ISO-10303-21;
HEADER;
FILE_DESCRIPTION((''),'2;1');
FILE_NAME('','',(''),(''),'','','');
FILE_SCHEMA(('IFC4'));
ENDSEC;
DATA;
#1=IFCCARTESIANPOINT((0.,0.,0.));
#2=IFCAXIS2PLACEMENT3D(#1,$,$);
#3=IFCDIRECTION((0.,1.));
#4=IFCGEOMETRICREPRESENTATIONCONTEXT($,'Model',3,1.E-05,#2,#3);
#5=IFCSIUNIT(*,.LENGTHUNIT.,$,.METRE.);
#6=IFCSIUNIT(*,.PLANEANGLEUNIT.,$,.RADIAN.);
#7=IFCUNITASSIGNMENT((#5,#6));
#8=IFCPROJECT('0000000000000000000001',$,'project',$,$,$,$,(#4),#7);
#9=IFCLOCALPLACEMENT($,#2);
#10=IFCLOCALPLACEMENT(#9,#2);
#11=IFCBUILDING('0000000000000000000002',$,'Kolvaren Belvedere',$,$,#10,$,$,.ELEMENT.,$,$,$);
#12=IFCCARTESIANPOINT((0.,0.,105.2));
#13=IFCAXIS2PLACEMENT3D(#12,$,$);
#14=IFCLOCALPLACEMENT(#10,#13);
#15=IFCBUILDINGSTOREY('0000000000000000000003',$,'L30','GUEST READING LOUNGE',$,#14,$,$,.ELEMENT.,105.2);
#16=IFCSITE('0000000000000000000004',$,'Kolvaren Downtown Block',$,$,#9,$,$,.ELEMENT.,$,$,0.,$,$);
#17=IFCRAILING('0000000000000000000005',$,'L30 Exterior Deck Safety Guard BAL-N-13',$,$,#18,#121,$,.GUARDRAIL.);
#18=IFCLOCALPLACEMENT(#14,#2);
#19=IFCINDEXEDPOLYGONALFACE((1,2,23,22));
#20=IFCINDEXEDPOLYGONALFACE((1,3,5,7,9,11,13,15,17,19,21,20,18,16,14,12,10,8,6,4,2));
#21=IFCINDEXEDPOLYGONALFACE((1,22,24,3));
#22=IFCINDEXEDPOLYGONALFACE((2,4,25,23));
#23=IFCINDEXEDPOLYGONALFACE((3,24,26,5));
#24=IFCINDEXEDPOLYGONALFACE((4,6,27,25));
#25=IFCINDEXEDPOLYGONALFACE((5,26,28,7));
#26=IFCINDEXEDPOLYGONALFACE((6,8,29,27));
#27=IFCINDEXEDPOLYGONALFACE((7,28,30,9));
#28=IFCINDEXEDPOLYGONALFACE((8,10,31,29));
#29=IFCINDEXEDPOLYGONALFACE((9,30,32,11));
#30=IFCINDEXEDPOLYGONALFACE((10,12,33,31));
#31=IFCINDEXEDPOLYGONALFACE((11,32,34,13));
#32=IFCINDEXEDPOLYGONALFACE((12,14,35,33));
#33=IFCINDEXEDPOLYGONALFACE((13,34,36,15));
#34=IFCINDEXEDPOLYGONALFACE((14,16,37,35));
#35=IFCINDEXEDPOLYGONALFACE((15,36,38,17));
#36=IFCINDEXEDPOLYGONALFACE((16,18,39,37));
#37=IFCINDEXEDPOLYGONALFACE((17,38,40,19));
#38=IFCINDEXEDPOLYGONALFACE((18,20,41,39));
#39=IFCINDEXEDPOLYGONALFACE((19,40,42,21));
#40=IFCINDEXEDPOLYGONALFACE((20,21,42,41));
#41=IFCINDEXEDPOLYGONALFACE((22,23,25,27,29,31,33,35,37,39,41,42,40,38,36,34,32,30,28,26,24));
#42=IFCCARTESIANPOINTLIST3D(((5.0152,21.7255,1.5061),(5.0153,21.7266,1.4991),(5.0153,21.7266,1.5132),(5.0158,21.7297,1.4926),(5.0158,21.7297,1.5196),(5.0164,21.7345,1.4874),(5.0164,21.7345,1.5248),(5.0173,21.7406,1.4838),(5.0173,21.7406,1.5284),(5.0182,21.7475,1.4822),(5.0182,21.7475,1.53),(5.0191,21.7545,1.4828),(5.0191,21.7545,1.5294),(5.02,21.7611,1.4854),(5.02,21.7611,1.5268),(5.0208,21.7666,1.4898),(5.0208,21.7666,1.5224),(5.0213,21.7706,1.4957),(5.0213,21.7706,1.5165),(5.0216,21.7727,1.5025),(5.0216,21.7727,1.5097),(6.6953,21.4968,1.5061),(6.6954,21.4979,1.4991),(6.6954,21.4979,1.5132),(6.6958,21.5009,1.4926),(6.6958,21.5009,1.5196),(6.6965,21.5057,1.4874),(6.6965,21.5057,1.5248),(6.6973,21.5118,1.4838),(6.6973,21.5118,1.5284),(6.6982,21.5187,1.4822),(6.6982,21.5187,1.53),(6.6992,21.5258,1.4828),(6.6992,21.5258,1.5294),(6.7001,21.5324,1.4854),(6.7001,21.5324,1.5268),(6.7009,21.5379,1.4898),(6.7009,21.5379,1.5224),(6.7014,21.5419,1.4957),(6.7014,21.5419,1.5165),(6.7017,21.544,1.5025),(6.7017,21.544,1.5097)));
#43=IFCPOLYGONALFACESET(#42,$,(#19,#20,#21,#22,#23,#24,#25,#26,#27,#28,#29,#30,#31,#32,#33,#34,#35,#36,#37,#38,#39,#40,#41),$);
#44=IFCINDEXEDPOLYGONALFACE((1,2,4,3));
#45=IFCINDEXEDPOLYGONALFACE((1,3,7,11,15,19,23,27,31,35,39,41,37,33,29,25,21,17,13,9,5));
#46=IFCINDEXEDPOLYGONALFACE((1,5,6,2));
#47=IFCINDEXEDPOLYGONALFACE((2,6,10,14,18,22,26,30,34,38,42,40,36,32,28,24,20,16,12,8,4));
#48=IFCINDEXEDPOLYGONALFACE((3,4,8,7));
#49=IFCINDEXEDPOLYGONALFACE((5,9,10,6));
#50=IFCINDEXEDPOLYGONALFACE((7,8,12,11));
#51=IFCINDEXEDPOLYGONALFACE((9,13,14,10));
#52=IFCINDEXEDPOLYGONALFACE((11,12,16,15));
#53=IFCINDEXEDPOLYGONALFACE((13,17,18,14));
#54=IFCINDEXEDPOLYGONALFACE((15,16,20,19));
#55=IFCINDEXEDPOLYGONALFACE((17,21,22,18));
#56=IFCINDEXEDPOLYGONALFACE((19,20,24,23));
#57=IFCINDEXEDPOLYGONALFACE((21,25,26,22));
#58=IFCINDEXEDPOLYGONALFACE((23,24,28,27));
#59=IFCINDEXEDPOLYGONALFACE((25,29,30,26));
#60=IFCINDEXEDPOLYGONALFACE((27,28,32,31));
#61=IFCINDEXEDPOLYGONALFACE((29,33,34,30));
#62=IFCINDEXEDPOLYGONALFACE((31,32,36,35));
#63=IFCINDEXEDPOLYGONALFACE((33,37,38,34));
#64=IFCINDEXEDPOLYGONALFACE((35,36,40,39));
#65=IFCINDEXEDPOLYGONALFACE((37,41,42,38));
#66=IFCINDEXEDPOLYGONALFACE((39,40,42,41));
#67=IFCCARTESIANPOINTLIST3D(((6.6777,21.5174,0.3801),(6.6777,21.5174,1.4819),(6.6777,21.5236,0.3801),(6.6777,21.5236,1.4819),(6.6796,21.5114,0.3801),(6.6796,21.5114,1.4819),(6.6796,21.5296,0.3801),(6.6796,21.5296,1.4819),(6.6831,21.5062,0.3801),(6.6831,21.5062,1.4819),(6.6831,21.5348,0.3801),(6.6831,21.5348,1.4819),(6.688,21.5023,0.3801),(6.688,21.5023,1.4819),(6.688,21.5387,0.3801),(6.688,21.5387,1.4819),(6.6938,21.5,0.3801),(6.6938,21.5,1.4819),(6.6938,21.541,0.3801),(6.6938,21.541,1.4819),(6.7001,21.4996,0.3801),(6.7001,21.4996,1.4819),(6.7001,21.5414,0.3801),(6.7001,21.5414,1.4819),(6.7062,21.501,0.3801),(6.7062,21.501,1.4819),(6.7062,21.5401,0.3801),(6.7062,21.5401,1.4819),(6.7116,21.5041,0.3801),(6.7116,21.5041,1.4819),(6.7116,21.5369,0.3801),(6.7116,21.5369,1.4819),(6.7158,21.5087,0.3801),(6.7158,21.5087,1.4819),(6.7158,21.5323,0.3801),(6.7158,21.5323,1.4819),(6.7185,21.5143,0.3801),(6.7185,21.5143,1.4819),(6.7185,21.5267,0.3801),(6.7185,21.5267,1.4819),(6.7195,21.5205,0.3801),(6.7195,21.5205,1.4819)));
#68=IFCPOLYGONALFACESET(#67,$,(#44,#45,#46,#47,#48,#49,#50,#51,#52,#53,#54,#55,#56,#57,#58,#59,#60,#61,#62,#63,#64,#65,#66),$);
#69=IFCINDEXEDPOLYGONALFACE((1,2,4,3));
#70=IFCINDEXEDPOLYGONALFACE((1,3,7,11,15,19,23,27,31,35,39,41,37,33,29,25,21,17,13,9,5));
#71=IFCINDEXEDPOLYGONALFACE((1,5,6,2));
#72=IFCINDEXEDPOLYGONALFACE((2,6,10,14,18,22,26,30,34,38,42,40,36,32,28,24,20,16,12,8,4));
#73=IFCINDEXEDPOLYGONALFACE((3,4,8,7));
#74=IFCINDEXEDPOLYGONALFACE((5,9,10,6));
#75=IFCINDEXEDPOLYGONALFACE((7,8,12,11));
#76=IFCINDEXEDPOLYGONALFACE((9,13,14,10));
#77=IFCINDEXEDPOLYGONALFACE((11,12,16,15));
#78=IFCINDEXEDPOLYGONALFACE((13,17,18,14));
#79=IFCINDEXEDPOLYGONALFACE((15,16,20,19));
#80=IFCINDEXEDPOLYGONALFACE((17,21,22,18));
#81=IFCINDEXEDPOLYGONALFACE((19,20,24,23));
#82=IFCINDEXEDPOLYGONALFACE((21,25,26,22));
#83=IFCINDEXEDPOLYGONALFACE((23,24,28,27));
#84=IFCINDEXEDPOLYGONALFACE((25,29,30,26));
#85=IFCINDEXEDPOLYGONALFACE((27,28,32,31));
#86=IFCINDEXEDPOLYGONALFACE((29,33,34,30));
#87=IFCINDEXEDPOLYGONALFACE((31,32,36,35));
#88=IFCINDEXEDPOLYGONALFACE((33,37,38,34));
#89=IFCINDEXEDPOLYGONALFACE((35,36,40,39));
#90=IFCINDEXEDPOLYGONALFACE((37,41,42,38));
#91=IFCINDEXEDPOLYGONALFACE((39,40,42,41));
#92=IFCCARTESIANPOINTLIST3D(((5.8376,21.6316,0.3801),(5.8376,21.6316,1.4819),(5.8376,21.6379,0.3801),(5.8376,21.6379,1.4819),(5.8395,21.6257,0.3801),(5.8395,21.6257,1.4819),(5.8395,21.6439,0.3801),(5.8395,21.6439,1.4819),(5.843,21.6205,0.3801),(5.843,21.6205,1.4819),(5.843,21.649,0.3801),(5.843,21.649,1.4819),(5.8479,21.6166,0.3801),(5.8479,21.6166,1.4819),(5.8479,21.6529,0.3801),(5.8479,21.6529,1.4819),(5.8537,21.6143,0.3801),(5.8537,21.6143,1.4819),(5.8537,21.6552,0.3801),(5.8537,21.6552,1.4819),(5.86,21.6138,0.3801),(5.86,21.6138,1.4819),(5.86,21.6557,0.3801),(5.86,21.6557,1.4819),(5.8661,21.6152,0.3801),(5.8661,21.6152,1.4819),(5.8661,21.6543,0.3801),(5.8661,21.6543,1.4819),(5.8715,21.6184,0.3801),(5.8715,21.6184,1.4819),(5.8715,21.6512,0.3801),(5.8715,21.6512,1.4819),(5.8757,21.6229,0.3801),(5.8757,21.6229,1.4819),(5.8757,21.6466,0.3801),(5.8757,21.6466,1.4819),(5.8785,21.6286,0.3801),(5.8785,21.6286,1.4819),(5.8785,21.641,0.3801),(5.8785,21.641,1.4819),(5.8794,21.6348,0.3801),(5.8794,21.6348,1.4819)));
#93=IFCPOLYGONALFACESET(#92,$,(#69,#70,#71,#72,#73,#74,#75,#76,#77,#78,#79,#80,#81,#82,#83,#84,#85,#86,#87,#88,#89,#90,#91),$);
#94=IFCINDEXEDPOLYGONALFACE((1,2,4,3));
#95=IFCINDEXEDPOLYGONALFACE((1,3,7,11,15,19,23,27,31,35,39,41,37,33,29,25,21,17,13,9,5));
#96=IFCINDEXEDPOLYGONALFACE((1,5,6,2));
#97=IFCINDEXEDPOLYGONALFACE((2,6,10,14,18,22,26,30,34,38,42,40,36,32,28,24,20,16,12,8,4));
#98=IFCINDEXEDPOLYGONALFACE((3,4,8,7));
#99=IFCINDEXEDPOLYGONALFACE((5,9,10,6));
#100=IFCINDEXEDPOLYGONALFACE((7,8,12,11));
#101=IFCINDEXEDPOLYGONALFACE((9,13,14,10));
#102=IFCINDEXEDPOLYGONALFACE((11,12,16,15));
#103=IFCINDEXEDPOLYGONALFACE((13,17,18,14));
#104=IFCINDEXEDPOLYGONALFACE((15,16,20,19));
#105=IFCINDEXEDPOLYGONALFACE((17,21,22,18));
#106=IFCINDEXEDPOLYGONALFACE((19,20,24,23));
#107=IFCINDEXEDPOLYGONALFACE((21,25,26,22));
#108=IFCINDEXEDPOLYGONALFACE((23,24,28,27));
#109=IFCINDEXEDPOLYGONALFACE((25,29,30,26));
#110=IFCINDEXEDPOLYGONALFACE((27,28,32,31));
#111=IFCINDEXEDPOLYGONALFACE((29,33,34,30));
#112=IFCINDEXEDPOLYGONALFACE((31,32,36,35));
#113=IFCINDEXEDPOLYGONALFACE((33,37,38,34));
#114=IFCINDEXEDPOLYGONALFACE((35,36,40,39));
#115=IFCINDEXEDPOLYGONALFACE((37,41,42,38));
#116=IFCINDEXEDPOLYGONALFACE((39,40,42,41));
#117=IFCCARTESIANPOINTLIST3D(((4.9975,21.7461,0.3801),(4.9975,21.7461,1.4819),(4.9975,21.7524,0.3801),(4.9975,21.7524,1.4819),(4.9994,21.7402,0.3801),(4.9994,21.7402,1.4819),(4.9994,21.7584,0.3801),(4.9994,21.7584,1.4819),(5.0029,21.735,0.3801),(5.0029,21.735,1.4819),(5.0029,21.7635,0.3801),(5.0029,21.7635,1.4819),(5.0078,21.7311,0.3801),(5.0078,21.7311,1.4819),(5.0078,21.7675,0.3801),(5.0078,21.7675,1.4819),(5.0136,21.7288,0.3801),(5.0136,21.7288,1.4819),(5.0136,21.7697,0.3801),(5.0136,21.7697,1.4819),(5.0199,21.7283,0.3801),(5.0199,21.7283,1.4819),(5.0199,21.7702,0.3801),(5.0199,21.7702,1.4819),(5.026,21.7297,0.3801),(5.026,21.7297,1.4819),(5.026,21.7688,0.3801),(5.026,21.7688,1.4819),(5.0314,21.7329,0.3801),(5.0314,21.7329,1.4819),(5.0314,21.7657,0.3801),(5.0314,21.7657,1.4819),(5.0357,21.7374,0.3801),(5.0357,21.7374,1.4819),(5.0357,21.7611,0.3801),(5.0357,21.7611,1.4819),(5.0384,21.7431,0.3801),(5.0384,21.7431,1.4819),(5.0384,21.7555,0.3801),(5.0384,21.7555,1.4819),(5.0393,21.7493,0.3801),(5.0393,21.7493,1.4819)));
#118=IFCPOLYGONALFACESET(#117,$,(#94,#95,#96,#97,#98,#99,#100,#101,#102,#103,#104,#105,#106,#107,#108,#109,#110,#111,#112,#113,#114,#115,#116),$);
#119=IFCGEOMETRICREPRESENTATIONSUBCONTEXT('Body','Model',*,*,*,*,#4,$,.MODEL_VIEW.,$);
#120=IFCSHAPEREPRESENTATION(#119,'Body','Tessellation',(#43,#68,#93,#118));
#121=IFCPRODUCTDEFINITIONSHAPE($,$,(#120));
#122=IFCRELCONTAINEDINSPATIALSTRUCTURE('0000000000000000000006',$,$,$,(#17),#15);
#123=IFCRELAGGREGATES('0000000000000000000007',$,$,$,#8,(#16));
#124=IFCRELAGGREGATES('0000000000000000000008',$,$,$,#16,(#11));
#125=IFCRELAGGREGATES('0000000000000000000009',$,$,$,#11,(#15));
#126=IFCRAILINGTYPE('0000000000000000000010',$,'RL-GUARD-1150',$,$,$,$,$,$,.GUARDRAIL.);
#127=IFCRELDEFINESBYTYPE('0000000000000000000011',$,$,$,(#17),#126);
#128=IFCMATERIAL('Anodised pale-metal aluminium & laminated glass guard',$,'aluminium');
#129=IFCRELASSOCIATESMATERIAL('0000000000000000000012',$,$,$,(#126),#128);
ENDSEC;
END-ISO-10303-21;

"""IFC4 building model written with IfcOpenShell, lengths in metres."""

from ifc_helpers import new_model, si_unit, direction, frame, origin, origin_2d, place, context, subcontext, project, spatial, circle, extrude, material, type_object, element, save


model = new_model("IFC4")

# Units and contexts
model_context = context("Model", 3, precision=1e-05, world=origin(), true_north=direction((0.0, 1.0)))
body_context = subcontext(model_context, "Body", "Model", "MODEL_VIEW")
ifc_project = project(units=[si_unit("LENGTHUNIT", "METRE"), si_unit("PLANEANGLEUNIT", "RADIAN")], contexts=[model_context])

# Site, building, storey
site_placement = place(None, origin())
site = spatial("IfcSite", under=ifc_project, at=site_placement, Name="Kolvaren Downtown Block", CompositionType="ELEMENT", RefElevation=0.0)
building_placement = place(site_placement, origin())
building = spatial("IfcBuilding", under=site, at=building_placement, Name="Kolvaren Belvedere", CompositionType="ELEMENT")
storey_placement = place(building_placement, frame((0.0, 0.0, 105.2)))
storey = spatial("IfcBuildingStorey", under=building, at=storey_placement, Name="L30", Description="GUEST READING LOUNGE", CompositionType="ELEMENT", Elevation=105.2)

# Railing
ifc_material_1 = material(Name="Anodised pale-metal aluminium & laminated glass guard", Category="aluminium")
railing_type = type_object("IfcRailingType", Name="RL-GUARD-1150", PredefinedType="GUARDRAIL", material=ifc_material_1)
railing_1_placement = place(storey_placement, frame((6.6985, 21.5205, 0.3801)))
element("IfcRailing", 1, at=railing_1_placement, inside=storey, type_object=railing_type, Name="L30 Exterior Deck Safety Guard BAL-N-13", PredefinedType="GUARDRAIL", context=body_context, shape_type="SweptSolid", body=[
    extrude(circle(Radius=0.0239, at=origin_2d()), frame((0.0, 0.0, 1.126), z_axis=(-0.990858, 0.134908, 0.0), x_axis=(-0.134908, -0.990858, 0.0)), (0.0, 0.0, 1.0), 1.6956),
    extrude(circle(Radius=0.021, at=origin_2d()), origin(), (0.0, 0.0, 1.0), 1.1018),
    extrude(circle(Radius=0.021, at=origin_2d()), frame((-0.8401, 0.1143, 0.0)), (0.0, 0.0, 1.0), 1.1018),
    extrude(circle(Radius=0.021, at=origin_2d()), frame((-1.6802, 0.2288, 0.0)), (0.0, 0.0, 1.0), 1.1018),
])

save(model, "model.ifc")
